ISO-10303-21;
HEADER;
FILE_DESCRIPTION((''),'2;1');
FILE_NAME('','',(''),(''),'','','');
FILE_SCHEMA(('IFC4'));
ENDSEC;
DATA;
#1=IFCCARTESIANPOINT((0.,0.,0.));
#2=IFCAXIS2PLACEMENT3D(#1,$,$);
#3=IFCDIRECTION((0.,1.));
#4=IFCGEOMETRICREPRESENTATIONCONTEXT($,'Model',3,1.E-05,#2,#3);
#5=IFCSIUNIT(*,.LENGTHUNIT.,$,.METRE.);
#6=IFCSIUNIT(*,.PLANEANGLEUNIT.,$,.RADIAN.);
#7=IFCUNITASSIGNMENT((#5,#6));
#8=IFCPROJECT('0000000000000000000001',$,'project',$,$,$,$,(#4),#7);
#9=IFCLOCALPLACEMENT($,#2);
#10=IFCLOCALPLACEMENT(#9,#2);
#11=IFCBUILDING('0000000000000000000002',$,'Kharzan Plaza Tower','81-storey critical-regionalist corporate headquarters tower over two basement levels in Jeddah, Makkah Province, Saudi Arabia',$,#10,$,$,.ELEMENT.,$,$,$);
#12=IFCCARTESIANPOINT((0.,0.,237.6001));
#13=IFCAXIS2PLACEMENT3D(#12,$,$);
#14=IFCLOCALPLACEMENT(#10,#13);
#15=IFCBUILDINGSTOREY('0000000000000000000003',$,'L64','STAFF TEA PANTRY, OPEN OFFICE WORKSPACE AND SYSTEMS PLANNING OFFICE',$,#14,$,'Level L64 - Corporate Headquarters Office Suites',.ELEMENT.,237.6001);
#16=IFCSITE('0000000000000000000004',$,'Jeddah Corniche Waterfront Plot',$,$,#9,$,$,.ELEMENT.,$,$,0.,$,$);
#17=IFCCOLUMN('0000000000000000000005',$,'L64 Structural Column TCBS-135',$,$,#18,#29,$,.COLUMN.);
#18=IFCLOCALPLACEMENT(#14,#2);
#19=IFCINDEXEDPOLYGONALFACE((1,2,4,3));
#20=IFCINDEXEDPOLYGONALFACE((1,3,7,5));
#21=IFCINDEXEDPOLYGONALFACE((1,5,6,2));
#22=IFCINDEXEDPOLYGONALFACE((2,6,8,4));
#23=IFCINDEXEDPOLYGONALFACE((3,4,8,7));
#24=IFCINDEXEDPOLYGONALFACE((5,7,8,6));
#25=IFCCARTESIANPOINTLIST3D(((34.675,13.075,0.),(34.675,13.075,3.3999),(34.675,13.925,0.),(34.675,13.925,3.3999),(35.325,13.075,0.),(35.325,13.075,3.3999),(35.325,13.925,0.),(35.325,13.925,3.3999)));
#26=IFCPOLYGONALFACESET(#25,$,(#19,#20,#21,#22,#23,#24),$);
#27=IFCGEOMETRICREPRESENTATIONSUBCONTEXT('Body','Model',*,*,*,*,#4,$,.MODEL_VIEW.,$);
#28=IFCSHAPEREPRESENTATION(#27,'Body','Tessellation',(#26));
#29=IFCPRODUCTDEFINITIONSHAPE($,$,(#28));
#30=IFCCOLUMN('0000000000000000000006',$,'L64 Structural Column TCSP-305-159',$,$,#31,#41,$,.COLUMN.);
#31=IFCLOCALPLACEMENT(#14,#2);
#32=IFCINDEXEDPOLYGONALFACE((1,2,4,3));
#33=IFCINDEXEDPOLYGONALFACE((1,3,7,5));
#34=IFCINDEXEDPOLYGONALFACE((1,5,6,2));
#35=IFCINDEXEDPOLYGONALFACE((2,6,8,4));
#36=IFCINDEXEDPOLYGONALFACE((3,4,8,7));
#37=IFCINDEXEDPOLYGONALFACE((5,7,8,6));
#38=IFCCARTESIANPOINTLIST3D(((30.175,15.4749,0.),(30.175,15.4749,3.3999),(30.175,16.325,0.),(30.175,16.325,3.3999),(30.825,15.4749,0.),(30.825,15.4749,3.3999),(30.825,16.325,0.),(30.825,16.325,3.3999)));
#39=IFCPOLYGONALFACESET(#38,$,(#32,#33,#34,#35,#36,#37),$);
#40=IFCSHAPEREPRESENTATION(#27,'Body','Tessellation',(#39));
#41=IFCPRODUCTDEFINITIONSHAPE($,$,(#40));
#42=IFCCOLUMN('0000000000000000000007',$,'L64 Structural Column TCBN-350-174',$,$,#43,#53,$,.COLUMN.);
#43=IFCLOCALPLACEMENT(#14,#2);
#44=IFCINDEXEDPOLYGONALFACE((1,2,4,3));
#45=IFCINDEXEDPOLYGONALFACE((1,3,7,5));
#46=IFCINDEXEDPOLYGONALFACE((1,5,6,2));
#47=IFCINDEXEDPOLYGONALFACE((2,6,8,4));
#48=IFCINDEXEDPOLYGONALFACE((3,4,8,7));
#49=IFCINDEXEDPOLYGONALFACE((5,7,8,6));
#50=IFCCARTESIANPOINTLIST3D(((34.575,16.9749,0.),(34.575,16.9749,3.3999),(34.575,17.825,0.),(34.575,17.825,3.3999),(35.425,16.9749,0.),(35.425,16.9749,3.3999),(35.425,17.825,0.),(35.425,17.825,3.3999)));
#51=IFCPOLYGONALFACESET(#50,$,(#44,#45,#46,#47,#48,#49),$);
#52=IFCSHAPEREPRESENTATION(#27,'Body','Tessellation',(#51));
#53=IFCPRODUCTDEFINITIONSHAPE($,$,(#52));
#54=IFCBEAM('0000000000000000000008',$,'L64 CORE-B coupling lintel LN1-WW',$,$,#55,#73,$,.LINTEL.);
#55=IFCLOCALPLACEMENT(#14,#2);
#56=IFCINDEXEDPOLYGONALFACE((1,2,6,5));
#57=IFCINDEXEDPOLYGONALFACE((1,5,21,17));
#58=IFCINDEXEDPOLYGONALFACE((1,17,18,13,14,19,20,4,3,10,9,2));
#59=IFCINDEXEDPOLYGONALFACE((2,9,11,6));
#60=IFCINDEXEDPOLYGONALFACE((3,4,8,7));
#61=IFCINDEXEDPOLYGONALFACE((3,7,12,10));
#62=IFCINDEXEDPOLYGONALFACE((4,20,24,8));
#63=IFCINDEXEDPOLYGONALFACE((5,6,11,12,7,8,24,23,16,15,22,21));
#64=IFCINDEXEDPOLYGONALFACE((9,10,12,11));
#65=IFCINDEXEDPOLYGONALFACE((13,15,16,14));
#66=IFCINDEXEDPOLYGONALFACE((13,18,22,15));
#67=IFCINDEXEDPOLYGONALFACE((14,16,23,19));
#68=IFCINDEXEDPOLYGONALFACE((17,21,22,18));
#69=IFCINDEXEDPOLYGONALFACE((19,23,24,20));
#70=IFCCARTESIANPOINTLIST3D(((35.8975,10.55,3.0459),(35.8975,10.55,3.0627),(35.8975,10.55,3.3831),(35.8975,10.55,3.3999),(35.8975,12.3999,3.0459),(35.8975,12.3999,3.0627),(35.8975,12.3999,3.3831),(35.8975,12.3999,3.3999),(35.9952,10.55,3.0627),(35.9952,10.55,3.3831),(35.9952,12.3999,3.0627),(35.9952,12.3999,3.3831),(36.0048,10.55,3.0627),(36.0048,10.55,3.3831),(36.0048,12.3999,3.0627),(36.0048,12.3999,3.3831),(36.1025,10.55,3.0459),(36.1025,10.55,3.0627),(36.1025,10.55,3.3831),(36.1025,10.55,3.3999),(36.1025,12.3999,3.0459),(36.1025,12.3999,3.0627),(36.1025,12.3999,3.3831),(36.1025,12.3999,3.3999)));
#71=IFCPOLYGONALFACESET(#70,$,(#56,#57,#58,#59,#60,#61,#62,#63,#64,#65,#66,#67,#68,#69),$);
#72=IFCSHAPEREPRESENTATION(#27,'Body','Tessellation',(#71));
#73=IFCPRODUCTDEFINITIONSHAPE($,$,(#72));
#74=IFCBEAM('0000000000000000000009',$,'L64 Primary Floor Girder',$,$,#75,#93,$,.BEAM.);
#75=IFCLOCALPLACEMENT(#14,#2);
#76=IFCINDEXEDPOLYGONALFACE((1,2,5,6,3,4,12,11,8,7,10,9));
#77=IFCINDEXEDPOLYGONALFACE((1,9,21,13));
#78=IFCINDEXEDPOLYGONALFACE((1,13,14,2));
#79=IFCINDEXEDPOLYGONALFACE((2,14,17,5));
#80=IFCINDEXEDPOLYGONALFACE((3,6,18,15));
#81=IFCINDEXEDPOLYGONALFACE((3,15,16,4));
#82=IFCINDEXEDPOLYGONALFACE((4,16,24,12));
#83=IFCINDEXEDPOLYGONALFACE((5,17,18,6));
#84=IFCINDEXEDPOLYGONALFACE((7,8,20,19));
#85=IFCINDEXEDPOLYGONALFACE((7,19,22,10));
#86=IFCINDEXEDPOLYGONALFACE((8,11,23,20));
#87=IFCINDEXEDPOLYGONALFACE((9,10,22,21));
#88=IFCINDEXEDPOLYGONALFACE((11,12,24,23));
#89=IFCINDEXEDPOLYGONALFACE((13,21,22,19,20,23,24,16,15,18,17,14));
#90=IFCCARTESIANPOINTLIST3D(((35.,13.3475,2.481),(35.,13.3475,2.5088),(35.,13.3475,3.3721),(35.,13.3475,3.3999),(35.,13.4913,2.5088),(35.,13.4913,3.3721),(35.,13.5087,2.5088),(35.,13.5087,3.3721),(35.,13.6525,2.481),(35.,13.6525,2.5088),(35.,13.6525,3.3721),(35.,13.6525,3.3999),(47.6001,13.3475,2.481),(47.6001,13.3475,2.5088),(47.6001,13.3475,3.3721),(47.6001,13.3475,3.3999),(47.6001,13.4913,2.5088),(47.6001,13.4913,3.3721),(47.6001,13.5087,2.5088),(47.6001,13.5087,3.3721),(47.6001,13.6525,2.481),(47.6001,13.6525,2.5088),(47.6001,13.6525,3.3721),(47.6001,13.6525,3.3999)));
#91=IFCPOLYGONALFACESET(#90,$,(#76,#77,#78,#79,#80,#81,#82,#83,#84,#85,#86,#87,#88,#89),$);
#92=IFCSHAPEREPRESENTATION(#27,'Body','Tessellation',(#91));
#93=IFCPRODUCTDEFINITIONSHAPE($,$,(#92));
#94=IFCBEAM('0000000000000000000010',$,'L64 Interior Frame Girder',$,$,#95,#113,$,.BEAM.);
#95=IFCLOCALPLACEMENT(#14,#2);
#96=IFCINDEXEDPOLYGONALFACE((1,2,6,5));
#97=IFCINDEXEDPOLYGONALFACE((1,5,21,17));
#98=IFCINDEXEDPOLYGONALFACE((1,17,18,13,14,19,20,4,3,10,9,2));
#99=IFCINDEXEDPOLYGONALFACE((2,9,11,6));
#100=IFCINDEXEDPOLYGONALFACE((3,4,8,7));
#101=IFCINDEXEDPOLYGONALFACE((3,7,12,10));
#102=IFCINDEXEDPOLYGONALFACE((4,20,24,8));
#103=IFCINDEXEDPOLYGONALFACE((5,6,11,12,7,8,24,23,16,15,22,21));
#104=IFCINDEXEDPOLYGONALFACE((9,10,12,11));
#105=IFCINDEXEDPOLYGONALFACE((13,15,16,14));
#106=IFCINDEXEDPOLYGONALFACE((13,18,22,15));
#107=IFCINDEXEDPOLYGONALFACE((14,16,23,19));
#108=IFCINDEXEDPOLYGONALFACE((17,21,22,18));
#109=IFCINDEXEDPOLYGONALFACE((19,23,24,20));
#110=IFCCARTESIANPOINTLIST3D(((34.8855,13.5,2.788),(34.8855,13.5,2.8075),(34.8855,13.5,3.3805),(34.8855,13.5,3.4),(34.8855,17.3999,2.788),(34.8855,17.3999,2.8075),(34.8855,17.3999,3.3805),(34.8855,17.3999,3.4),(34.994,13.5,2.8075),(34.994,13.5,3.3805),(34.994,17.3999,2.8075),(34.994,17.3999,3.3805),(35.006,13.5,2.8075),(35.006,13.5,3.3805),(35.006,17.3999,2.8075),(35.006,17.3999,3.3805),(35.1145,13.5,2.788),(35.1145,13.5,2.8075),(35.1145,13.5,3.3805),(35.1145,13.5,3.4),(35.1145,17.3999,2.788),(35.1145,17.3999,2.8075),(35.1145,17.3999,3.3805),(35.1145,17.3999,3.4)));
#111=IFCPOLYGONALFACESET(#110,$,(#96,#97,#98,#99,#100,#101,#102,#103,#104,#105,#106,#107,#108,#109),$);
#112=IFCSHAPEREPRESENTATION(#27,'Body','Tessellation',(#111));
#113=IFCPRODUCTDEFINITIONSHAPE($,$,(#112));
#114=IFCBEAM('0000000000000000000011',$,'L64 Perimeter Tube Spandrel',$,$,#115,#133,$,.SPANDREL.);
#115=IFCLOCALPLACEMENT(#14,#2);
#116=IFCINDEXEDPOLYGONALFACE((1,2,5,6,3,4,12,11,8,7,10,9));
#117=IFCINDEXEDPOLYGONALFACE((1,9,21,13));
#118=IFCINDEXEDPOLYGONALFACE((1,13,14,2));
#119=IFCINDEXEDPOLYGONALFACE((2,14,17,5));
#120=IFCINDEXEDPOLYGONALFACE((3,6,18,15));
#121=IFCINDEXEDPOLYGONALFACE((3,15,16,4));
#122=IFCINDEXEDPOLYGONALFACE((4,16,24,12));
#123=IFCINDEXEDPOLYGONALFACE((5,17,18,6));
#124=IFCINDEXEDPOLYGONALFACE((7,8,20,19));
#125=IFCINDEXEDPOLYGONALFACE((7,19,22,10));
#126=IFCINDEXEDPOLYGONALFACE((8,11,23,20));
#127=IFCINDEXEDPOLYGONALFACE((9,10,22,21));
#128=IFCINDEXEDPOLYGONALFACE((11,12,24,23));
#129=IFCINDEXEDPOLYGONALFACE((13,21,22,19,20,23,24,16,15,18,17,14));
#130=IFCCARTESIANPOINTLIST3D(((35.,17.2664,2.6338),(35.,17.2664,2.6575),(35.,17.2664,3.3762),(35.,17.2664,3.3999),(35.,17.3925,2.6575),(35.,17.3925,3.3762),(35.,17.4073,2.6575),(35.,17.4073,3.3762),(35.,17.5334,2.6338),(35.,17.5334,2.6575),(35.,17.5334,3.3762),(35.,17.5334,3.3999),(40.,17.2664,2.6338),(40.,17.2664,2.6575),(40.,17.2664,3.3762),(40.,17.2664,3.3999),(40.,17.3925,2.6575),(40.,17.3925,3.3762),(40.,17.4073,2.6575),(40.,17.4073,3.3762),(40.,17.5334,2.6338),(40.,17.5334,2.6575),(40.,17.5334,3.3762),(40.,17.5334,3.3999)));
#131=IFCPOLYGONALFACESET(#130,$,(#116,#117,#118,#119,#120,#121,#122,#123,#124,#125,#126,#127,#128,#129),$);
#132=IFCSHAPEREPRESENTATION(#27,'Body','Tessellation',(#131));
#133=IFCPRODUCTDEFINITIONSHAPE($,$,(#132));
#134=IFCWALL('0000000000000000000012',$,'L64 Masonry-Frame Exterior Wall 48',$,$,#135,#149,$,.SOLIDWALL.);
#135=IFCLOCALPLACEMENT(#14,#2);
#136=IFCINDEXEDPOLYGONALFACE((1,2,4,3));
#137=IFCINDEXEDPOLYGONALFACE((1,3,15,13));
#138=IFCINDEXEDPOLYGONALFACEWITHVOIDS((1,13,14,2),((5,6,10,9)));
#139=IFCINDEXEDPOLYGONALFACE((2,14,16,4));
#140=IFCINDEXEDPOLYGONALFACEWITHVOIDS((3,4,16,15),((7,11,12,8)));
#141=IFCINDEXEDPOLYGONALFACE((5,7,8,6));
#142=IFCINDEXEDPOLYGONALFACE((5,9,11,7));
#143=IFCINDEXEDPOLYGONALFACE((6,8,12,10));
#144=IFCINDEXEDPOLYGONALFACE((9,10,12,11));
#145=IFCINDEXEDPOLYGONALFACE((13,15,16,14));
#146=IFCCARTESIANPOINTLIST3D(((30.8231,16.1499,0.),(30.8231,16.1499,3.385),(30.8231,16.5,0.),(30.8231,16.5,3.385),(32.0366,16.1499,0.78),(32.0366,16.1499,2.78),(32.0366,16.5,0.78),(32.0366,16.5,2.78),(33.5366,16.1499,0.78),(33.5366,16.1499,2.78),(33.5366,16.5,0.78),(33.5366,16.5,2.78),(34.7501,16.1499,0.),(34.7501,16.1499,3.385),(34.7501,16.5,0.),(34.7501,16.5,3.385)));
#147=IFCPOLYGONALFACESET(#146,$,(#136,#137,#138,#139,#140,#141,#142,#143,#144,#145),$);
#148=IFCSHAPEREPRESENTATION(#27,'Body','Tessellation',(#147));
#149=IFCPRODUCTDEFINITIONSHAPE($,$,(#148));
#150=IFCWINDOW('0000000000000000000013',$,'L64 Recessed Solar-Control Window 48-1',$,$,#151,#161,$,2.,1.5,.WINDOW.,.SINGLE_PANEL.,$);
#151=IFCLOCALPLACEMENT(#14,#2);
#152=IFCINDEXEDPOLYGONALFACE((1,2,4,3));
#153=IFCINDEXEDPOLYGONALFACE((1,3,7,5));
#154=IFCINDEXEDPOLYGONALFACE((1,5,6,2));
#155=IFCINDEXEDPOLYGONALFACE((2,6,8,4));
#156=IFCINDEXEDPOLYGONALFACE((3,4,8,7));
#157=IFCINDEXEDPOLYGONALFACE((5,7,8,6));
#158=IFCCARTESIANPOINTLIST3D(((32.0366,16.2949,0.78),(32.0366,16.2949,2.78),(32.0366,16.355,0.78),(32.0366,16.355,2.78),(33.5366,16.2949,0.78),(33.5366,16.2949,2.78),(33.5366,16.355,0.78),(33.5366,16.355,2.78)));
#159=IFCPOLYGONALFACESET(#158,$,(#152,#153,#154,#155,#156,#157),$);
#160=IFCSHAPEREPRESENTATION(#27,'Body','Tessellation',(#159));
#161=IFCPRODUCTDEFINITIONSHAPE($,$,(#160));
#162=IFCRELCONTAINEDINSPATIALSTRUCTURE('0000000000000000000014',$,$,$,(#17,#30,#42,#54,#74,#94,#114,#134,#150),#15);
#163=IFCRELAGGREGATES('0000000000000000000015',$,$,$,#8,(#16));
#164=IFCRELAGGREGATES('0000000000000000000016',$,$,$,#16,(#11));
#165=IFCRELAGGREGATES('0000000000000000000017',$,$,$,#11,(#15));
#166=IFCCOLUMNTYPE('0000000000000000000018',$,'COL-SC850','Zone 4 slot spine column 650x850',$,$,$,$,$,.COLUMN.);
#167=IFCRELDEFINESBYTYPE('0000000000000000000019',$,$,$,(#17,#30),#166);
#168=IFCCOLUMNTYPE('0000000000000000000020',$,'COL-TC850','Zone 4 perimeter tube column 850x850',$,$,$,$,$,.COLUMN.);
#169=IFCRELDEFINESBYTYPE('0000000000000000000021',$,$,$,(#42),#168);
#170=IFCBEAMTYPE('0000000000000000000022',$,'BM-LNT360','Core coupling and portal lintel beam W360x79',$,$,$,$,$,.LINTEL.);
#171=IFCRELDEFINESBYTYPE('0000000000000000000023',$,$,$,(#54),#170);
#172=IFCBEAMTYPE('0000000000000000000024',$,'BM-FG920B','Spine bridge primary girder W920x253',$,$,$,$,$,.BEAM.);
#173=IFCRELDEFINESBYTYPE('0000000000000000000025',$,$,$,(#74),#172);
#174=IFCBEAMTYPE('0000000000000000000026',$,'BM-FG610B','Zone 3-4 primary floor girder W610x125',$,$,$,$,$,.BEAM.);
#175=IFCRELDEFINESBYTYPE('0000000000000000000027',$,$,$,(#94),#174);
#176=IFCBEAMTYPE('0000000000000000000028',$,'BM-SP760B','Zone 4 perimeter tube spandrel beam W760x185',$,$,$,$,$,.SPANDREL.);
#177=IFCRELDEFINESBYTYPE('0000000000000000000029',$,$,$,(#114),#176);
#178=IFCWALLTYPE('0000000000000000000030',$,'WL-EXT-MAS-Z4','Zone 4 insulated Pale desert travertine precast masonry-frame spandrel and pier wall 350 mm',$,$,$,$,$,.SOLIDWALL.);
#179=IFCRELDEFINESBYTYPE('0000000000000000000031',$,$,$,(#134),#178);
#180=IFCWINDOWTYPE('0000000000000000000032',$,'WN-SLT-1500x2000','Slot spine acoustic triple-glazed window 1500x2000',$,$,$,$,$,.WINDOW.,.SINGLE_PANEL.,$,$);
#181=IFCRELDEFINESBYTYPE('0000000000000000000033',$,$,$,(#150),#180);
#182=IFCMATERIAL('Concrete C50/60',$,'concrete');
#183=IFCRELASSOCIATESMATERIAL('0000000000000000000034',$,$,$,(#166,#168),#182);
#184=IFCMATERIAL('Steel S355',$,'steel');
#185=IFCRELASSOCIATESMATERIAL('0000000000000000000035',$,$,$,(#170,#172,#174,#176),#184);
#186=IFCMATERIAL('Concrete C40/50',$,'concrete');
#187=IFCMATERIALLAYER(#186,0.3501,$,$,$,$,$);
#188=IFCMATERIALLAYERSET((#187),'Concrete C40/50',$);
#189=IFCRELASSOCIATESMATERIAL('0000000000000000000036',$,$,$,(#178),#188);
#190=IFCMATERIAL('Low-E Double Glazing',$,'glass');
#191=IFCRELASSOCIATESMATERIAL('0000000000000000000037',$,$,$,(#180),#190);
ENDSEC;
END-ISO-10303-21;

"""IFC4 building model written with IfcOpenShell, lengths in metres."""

from ifc_helpers import new_model, si_unit, direction, frame, frame_2d, origin, origin_2d, place, context, subcontext, project, spatial, rectangle, i_section, extrude, source, transform, mapped, material, layer, layer_set, material_profile, profile_set, type_object, element, fill, save


model = new_model("IFC4")

# Units and contexts
model_context = context("Model", 3, precision=1e-05, world=origin(), true_north=direction((0.0, 1.0)))
body_context = subcontext(model_context, "Body", "Model", "MODEL_VIEW")
ifc_project = project(units=[si_unit("LENGTHUNIT", "METRE"), si_unit("PLANEANGLEUNIT", "RADIAN")], contexts=[model_context])

# Site, building, storey
site_placement = place(None, origin())
site = spatial("IfcSite", under=ifc_project, at=site_placement, Name="Jeddah Corniche Waterfront Plot", CompositionType="ELEMENT", RefElevation=0.0)
building_placement = place(site_placement, origin())
building = spatial("IfcBuilding", under=site, at=building_placement, Name="Kharzan Plaza Tower", Description="81-storey critical-regionalist corporate headquarters tower over two basement levels in Jeddah, Makkah Province, Saudi Arabia", CompositionType="ELEMENT")
storey_placement = place(building_placement, frame((0.0, 0.0, 237.6001)))
storey = spatial("IfcBuildingStorey", under=building, at=storey_placement, Name="L64", Description="STAFF TEA PANTRY, OPEN OFFICE WORKSPACE AND SYSTEMS PLANNING OFFICE", LongName="Level L64 - Corporate Headquarters Office Suites", CompositionType="ELEMENT", Elevation=237.6001)

# Columns
ifc_material_1 = material(Name="Concrete C50/60", Category="concrete")
ifc_material_profile_1 = material_profile(ifc_material_1, rectangle(XDim=0.6499, YDim=0.8501, at=origin_2d()), Name="RC-SC850x650")
ifc_profile_set_1 = profile_set([ifc_material_profile_1], Name="Concrete C50/60")
column_type_1 = type_object("IfcColumnType", Name="COL-SC850", Description="Zone 4 slot spine column 650x850", PredefinedType="COLUMN", material=ifc_profile_set_1)
shared_shape_1 = source(origin(), body_context, "Body", "SweptSolid", [
    extrude(rectangle(XDim=0.6499, YDim=0.8501, at=origin_2d()), origin(), (0.0, 0.0, 1.0), 3.3999),
])
for number, where, z_axis, x_axis, name in (
    (1, (35.0, 13.5, 0.0), (0.0, 0.0, 1.0), (1.0, 0.0, 0.0), "L64 Structural Column TCBS-135"),
    (2, (30.5, 15.8999, 0.0), (0.0, 0.0, 1.0), (1.0, 0.0, 0.0), "L64 Structural Column TCSP-305-159"),
):
    element("IfcColumn", number, at=place(storey_placement, frame(where, z_axis=z_axis, x_axis=x_axis)), inside=storey, type_object=column_type_1, Name=name, PredefinedType="COLUMN", context=body_context, shape_type="MappedRepresentation", body=[
        mapped(shared_shape_1, transform((0.0, 0.0, 0.0), x_axis=(1.0, 0.0, 0.0), y_axis=(0.0, 1.0, 0.0), z_axis=(0.0, 0.0, 1.0))),
    ])
ifc_material_profile_2 = material_profile(ifc_material_1, rectangle(XDim=0.8501, YDim=0.8501, at=origin_2d()), Name="RC-TC850x850")
ifc_profile_set_2 = profile_set([ifc_material_profile_2], Name="Concrete C50/60")
column_type_2 = type_object("IfcColumnType", Name="COL-TC850", Description="Zone 4 perimeter tube column 850x850", PredefinedType="COLUMN", material=ifc_profile_set_2)
shared_shape_2 = source(origin(), body_context, "Body", "SweptSolid", [
    extrude(rectangle(XDim=0.8501, YDim=0.8501, at=origin_2d()), origin(), (0.0, 0.0, 1.0), 3.3999),
])
column_placement = place(storey_placement, frame((35.0, 17.3999, 0.0), z_axis=(0.0, 0.0, 1.0), x_axis=(1.0, 0.0, 0.0)))
element("IfcColumn", 3, at=column_placement, inside=storey, type_object=column_type_2, Name="L64 Structural Column TCBN-350-174", PredefinedType="COLUMN", context=body_context, shape_type="MappedRepresentation", body=[
    mapped(shared_shape_2, transform((0.0, 0.0, 0.0), x_axis=(1.0, 0.0, 0.0), y_axis=(0.0, 1.0, 0.0), z_axis=(0.0, 0.0, 1.0))),
])

# Beams
ifc_material_2 = material(Name="Steel S355", Category="steel")
ifc_material_profile_3 = material_profile(ifc_material_2, i_section(OverallWidth=0.2051, OverallDepth=0.354, WebThickness=0.0095, FlangeThickness=0.0168, at=origin_2d()), Name="W360x79")
ifc_profile_set_3 = profile_set([ifc_material_profile_3], Name="Steel S355")
beam_type_1 = type_object("IfcBeamType", Name="BM-LNT360", Description="Core coupling and portal lintel beam W360x79", PredefinedType="LINTEL", material=ifc_profile_set_3)
shared_shape_3 = source(origin(), body_context, "Body", "SweptSolid", [
    extrude(i_section(OverallWidth=0.2051, OverallDepth=0.354, WebThickness=0.0095, FlangeThickness=0.0168, at=origin_2d()), origin(), (0.0, 0.0, 1.0), 1.8499),
])
beam_1_placement = place(storey_placement, frame((36.0, 10.55, 3.2229), z_axis=(0.0, 1.0, 0.0), x_axis=(-1.0, 0.0, 0.0)))
element("IfcBeam", 4, at=beam_1_placement, inside=storey, type_object=beam_type_1, Name="L64 CORE-B coupling lintel LN1-WW", PredefinedType="LINTEL", context=body_context, shape_type="MappedRepresentation", body=[
    mapped(shared_shape_3, transform((0.0, 0.0, 0.0), x_axis=(1.0, 0.0, 0.0), y_axis=(0.0, 1.0, 0.0), z_axis=(0.0, 0.0, 1.0))),
])
ifc_material_profile_4 = material_profile(ifc_material_2, i_section(OverallWidth=0.3049, OverallDepth=0.9189, WebThickness=0.0173, FlangeThickness=0.0278, at=origin_2d()), Name="W920x253")
ifc_profile_set_4 = profile_set([ifc_material_profile_4], Name="Steel S355")
beam_type_2 = type_object("IfcBeamType", Name="BM-FG920B", Description="Spine bridge primary girder W920x253", PredefinedType="BEAM", material=ifc_profile_set_4)
shared_shape_4 = source(origin(), body_context, "Body", "SweptSolid", [
    extrude(i_section(OverallWidth=0.3049, OverallDepth=0.9189, WebThickness=0.0173, FlangeThickness=0.0278, at=origin_2d()), origin(), (0.0, 0.0, 1.0), 12.6001),
])
beam_2_placement = place(storey_placement, frame((35.0, 13.5, 2.9404), z_axis=(1.0, 0.0, 0.0), x_axis=(0.0, 1.0, 0.0)))
element("IfcBeam", 5, at=beam_2_placement, inside=storey, type_object=beam_type_2, Name="L64 Primary Floor Girder", PredefinedType="BEAM", context=body_context, shape_type="MappedRepresentation", body=[
    mapped(shared_shape_4, transform((0.0, 0.0, 0.0), x_axis=(1.0, 0.0, 0.0), y_axis=(0.0, 1.0, 0.0), z_axis=(0.0, 0.0, 1.0))),
])
ifc_material_profile_5 = material_profile(ifc_material_2, i_section(OverallWidth=0.229, OverallDepth=0.6121, WebThickness=0.012, FlangeThickness=0.0195, at=origin_2d()), Name="W610x125")
ifc_profile_set_5 = profile_set([ifc_material_profile_5], Name="Steel S355")
beam_type_3 = type_object("IfcBeamType", Name="BM-FG610B", Description="Zone 3-4 primary floor girder W610x125", PredefinedType="BEAM", material=ifc_profile_set_5)
shared_shape_5 = source(origin(), body_context, "Body", "SweptSolid", [
    extrude(i_section(OverallWidth=0.229, OverallDepth=0.6121, WebThickness=0.012, FlangeThickness=0.0195, at=origin_2d()), origin(), (0.0, 0.0, 1.0), 3.8999),
])
beam_3_placement = place(storey_placement, frame((35.0, 13.5, 3.094), z_axis=(0.0, 1.0, 0.0), x_axis=(-1.0, 0.0, 0.0)))
element("IfcBeam", 6, at=beam_3_placement, inside=storey, type_object=beam_type_3, Name="L64 Interior Frame Girder", PredefinedType="BEAM", context=body_context, shape_type="MappedRepresentation", body=[
    mapped(shared_shape_5, transform((0.0, 0.0, 0.0), x_axis=(1.0, 0.0, 0.0), y_axis=(0.0, 1.0, 0.0), z_axis=(0.0, 0.0, 1.0))),
])
ifc_material_profile_6 = material_profile(ifc_material_2, i_section(OverallWidth=0.2671, OverallDepth=0.7661, WebThickness=0.0149, FlangeThickness=0.0237, at=origin_2d()), Name="W760x185")
ifc_profile_set_6 = profile_set([ifc_material_profile_6], Name="Steel S355")
beam_type_4 = type_object("IfcBeamType", Name="BM-SP760B", Description="Zone 4 perimeter tube spandrel beam W760x185", PredefinedType="SPANDREL", material=ifc_profile_set_6)
shared_shape_6 = source(origin(), body_context, "Body", "SweptSolid", [
    extrude(i_section(OverallWidth=0.2671, OverallDepth=0.7661, WebThickness=0.0149, FlangeThickness=0.0237, at=origin_2d()), origin(), (0.0, 0.0, 1.0), 5.0),
])
beam_4_placement = place(storey_placement, frame((35.0, 17.3999, 3.0168), z_axis=(1.0, 0.0, 0.0), x_axis=(0.0, 1.0, 0.0)))
element("IfcBeam", 7, at=beam_4_placement, inside=storey, type_object=beam_type_4, Name="L64 Perimeter Tube Spandrel", PredefinedType="SPANDREL", context=body_context, shape_type="MappedRepresentation", body=[
    mapped(shared_shape_6, transform((0.0, 0.0, 0.0), x_axis=(1.0, 0.0, 0.0), y_axis=(0.0, 1.0, 0.0), z_axis=(0.0, 0.0, 1.0))),
])

# Wall, opening, window
ifc_material_3 = material(Name="Concrete C40/50", Category="concrete")
ifc_layer_1 = layer(ifc_material_3, 0.3501)
ifc_layer_set_1 = layer_set([ifc_layer_1], Name="Concrete C40/50")
wall_type_1 = type_object("IfcWallType", Name="WL-EXT-MAS-Z4", Description="Zone 4 insulated Pale desert travertine precast masonry-frame spandrel and pier wall 350 mm", PredefinedType="SOLIDWALL", material=ifc_layer_set_1)
wall_1_placement = place(storey_placement, frame((34.75, 16.325, 0.0), z_axis=(0.0, 0.0, 1.0), x_axis=(-1.0, 0.0, 0.0)))
wall_1 = element("IfcWall", 8, at=wall_1_placement, inside=storey, type_object=wall_type_1, Name="L64 Masonry-Frame Exterior Wall 48", PredefinedType="SOLIDWALL", context=body_context, shape_type="SweptSolid", body=[
    extrude(rectangle(XDim=3.927, YDim=0.3501, at=frame_2d((1.9634, 0.0))), origin(), (0.0, 0.0, 1.0), 3.385),
])
opening_1_placement = place(wall_1_placement, frame((1.2134, 0.0, 0.78)))
opening_1 = element("IfcOpeningElement", 9, at=opening_1_placement, cuts=wall_1, PredefinedType="OPENING", context=body_context, shape_type="SweptSolid", body=[
    extrude(rectangle(XDim=1.5, YDim=2.0, at=frame_2d((0.75, 1.0))), frame((0.0, 0.1851, 0.0), z_axis=(0.0, -1.0, 0.0), x_axis=(1.0, 0.0, 0.0)), (0.0, 0.0, 1.0), 0.3701),
])
ifc_material_4 = material(Name="Low-E Double Glazing", Category="glass")
window_type = type_object("IfcWindowType", Name="WN-SLT-1500x2000", Description="Slot spine acoustic triple-glazed window 1500x2000", PartitioningType="SINGLE_PANEL", PredefinedType="WINDOW", material=ifc_material_4)
shared_shape_7 = source(origin(), body_context, "Body", "SweptSolid", [
    extrude(rectangle(XDim=1.5, YDim=2.0, at=frame_2d((0.75, 1.0))), frame((0.0, 0.03, 0.0), z_axis=(0.0, -1.0, 0.0), x_axis=(1.0, 0.0, 0.0)), (0.0, 0.0, 1.0), 0.0601),
])
window_1_placement = place(opening_1_placement, origin())
window_1 = element("IfcWindow", 10, at=window_1_placement, inside=storey, type_object=window_type, Name="L64 Recessed Solar-Control Window 48-1", OverallHeight=2.0, OverallWidth=1.5, PartitioningType="SINGLE_PANEL", PredefinedType="WINDOW", context=body_context, shape_type="MappedRepresentation", body=[
    mapped(shared_shape_7, transform((0.0, 0.0, 0.0), x_axis=(1.0, 0.0, 0.0), y_axis=(0.0, 1.0, 0.0), z_axis=(0.0, 0.0, 1.0))),
])
fill(opening_1, window_1)

save(model, "model.ifc")
